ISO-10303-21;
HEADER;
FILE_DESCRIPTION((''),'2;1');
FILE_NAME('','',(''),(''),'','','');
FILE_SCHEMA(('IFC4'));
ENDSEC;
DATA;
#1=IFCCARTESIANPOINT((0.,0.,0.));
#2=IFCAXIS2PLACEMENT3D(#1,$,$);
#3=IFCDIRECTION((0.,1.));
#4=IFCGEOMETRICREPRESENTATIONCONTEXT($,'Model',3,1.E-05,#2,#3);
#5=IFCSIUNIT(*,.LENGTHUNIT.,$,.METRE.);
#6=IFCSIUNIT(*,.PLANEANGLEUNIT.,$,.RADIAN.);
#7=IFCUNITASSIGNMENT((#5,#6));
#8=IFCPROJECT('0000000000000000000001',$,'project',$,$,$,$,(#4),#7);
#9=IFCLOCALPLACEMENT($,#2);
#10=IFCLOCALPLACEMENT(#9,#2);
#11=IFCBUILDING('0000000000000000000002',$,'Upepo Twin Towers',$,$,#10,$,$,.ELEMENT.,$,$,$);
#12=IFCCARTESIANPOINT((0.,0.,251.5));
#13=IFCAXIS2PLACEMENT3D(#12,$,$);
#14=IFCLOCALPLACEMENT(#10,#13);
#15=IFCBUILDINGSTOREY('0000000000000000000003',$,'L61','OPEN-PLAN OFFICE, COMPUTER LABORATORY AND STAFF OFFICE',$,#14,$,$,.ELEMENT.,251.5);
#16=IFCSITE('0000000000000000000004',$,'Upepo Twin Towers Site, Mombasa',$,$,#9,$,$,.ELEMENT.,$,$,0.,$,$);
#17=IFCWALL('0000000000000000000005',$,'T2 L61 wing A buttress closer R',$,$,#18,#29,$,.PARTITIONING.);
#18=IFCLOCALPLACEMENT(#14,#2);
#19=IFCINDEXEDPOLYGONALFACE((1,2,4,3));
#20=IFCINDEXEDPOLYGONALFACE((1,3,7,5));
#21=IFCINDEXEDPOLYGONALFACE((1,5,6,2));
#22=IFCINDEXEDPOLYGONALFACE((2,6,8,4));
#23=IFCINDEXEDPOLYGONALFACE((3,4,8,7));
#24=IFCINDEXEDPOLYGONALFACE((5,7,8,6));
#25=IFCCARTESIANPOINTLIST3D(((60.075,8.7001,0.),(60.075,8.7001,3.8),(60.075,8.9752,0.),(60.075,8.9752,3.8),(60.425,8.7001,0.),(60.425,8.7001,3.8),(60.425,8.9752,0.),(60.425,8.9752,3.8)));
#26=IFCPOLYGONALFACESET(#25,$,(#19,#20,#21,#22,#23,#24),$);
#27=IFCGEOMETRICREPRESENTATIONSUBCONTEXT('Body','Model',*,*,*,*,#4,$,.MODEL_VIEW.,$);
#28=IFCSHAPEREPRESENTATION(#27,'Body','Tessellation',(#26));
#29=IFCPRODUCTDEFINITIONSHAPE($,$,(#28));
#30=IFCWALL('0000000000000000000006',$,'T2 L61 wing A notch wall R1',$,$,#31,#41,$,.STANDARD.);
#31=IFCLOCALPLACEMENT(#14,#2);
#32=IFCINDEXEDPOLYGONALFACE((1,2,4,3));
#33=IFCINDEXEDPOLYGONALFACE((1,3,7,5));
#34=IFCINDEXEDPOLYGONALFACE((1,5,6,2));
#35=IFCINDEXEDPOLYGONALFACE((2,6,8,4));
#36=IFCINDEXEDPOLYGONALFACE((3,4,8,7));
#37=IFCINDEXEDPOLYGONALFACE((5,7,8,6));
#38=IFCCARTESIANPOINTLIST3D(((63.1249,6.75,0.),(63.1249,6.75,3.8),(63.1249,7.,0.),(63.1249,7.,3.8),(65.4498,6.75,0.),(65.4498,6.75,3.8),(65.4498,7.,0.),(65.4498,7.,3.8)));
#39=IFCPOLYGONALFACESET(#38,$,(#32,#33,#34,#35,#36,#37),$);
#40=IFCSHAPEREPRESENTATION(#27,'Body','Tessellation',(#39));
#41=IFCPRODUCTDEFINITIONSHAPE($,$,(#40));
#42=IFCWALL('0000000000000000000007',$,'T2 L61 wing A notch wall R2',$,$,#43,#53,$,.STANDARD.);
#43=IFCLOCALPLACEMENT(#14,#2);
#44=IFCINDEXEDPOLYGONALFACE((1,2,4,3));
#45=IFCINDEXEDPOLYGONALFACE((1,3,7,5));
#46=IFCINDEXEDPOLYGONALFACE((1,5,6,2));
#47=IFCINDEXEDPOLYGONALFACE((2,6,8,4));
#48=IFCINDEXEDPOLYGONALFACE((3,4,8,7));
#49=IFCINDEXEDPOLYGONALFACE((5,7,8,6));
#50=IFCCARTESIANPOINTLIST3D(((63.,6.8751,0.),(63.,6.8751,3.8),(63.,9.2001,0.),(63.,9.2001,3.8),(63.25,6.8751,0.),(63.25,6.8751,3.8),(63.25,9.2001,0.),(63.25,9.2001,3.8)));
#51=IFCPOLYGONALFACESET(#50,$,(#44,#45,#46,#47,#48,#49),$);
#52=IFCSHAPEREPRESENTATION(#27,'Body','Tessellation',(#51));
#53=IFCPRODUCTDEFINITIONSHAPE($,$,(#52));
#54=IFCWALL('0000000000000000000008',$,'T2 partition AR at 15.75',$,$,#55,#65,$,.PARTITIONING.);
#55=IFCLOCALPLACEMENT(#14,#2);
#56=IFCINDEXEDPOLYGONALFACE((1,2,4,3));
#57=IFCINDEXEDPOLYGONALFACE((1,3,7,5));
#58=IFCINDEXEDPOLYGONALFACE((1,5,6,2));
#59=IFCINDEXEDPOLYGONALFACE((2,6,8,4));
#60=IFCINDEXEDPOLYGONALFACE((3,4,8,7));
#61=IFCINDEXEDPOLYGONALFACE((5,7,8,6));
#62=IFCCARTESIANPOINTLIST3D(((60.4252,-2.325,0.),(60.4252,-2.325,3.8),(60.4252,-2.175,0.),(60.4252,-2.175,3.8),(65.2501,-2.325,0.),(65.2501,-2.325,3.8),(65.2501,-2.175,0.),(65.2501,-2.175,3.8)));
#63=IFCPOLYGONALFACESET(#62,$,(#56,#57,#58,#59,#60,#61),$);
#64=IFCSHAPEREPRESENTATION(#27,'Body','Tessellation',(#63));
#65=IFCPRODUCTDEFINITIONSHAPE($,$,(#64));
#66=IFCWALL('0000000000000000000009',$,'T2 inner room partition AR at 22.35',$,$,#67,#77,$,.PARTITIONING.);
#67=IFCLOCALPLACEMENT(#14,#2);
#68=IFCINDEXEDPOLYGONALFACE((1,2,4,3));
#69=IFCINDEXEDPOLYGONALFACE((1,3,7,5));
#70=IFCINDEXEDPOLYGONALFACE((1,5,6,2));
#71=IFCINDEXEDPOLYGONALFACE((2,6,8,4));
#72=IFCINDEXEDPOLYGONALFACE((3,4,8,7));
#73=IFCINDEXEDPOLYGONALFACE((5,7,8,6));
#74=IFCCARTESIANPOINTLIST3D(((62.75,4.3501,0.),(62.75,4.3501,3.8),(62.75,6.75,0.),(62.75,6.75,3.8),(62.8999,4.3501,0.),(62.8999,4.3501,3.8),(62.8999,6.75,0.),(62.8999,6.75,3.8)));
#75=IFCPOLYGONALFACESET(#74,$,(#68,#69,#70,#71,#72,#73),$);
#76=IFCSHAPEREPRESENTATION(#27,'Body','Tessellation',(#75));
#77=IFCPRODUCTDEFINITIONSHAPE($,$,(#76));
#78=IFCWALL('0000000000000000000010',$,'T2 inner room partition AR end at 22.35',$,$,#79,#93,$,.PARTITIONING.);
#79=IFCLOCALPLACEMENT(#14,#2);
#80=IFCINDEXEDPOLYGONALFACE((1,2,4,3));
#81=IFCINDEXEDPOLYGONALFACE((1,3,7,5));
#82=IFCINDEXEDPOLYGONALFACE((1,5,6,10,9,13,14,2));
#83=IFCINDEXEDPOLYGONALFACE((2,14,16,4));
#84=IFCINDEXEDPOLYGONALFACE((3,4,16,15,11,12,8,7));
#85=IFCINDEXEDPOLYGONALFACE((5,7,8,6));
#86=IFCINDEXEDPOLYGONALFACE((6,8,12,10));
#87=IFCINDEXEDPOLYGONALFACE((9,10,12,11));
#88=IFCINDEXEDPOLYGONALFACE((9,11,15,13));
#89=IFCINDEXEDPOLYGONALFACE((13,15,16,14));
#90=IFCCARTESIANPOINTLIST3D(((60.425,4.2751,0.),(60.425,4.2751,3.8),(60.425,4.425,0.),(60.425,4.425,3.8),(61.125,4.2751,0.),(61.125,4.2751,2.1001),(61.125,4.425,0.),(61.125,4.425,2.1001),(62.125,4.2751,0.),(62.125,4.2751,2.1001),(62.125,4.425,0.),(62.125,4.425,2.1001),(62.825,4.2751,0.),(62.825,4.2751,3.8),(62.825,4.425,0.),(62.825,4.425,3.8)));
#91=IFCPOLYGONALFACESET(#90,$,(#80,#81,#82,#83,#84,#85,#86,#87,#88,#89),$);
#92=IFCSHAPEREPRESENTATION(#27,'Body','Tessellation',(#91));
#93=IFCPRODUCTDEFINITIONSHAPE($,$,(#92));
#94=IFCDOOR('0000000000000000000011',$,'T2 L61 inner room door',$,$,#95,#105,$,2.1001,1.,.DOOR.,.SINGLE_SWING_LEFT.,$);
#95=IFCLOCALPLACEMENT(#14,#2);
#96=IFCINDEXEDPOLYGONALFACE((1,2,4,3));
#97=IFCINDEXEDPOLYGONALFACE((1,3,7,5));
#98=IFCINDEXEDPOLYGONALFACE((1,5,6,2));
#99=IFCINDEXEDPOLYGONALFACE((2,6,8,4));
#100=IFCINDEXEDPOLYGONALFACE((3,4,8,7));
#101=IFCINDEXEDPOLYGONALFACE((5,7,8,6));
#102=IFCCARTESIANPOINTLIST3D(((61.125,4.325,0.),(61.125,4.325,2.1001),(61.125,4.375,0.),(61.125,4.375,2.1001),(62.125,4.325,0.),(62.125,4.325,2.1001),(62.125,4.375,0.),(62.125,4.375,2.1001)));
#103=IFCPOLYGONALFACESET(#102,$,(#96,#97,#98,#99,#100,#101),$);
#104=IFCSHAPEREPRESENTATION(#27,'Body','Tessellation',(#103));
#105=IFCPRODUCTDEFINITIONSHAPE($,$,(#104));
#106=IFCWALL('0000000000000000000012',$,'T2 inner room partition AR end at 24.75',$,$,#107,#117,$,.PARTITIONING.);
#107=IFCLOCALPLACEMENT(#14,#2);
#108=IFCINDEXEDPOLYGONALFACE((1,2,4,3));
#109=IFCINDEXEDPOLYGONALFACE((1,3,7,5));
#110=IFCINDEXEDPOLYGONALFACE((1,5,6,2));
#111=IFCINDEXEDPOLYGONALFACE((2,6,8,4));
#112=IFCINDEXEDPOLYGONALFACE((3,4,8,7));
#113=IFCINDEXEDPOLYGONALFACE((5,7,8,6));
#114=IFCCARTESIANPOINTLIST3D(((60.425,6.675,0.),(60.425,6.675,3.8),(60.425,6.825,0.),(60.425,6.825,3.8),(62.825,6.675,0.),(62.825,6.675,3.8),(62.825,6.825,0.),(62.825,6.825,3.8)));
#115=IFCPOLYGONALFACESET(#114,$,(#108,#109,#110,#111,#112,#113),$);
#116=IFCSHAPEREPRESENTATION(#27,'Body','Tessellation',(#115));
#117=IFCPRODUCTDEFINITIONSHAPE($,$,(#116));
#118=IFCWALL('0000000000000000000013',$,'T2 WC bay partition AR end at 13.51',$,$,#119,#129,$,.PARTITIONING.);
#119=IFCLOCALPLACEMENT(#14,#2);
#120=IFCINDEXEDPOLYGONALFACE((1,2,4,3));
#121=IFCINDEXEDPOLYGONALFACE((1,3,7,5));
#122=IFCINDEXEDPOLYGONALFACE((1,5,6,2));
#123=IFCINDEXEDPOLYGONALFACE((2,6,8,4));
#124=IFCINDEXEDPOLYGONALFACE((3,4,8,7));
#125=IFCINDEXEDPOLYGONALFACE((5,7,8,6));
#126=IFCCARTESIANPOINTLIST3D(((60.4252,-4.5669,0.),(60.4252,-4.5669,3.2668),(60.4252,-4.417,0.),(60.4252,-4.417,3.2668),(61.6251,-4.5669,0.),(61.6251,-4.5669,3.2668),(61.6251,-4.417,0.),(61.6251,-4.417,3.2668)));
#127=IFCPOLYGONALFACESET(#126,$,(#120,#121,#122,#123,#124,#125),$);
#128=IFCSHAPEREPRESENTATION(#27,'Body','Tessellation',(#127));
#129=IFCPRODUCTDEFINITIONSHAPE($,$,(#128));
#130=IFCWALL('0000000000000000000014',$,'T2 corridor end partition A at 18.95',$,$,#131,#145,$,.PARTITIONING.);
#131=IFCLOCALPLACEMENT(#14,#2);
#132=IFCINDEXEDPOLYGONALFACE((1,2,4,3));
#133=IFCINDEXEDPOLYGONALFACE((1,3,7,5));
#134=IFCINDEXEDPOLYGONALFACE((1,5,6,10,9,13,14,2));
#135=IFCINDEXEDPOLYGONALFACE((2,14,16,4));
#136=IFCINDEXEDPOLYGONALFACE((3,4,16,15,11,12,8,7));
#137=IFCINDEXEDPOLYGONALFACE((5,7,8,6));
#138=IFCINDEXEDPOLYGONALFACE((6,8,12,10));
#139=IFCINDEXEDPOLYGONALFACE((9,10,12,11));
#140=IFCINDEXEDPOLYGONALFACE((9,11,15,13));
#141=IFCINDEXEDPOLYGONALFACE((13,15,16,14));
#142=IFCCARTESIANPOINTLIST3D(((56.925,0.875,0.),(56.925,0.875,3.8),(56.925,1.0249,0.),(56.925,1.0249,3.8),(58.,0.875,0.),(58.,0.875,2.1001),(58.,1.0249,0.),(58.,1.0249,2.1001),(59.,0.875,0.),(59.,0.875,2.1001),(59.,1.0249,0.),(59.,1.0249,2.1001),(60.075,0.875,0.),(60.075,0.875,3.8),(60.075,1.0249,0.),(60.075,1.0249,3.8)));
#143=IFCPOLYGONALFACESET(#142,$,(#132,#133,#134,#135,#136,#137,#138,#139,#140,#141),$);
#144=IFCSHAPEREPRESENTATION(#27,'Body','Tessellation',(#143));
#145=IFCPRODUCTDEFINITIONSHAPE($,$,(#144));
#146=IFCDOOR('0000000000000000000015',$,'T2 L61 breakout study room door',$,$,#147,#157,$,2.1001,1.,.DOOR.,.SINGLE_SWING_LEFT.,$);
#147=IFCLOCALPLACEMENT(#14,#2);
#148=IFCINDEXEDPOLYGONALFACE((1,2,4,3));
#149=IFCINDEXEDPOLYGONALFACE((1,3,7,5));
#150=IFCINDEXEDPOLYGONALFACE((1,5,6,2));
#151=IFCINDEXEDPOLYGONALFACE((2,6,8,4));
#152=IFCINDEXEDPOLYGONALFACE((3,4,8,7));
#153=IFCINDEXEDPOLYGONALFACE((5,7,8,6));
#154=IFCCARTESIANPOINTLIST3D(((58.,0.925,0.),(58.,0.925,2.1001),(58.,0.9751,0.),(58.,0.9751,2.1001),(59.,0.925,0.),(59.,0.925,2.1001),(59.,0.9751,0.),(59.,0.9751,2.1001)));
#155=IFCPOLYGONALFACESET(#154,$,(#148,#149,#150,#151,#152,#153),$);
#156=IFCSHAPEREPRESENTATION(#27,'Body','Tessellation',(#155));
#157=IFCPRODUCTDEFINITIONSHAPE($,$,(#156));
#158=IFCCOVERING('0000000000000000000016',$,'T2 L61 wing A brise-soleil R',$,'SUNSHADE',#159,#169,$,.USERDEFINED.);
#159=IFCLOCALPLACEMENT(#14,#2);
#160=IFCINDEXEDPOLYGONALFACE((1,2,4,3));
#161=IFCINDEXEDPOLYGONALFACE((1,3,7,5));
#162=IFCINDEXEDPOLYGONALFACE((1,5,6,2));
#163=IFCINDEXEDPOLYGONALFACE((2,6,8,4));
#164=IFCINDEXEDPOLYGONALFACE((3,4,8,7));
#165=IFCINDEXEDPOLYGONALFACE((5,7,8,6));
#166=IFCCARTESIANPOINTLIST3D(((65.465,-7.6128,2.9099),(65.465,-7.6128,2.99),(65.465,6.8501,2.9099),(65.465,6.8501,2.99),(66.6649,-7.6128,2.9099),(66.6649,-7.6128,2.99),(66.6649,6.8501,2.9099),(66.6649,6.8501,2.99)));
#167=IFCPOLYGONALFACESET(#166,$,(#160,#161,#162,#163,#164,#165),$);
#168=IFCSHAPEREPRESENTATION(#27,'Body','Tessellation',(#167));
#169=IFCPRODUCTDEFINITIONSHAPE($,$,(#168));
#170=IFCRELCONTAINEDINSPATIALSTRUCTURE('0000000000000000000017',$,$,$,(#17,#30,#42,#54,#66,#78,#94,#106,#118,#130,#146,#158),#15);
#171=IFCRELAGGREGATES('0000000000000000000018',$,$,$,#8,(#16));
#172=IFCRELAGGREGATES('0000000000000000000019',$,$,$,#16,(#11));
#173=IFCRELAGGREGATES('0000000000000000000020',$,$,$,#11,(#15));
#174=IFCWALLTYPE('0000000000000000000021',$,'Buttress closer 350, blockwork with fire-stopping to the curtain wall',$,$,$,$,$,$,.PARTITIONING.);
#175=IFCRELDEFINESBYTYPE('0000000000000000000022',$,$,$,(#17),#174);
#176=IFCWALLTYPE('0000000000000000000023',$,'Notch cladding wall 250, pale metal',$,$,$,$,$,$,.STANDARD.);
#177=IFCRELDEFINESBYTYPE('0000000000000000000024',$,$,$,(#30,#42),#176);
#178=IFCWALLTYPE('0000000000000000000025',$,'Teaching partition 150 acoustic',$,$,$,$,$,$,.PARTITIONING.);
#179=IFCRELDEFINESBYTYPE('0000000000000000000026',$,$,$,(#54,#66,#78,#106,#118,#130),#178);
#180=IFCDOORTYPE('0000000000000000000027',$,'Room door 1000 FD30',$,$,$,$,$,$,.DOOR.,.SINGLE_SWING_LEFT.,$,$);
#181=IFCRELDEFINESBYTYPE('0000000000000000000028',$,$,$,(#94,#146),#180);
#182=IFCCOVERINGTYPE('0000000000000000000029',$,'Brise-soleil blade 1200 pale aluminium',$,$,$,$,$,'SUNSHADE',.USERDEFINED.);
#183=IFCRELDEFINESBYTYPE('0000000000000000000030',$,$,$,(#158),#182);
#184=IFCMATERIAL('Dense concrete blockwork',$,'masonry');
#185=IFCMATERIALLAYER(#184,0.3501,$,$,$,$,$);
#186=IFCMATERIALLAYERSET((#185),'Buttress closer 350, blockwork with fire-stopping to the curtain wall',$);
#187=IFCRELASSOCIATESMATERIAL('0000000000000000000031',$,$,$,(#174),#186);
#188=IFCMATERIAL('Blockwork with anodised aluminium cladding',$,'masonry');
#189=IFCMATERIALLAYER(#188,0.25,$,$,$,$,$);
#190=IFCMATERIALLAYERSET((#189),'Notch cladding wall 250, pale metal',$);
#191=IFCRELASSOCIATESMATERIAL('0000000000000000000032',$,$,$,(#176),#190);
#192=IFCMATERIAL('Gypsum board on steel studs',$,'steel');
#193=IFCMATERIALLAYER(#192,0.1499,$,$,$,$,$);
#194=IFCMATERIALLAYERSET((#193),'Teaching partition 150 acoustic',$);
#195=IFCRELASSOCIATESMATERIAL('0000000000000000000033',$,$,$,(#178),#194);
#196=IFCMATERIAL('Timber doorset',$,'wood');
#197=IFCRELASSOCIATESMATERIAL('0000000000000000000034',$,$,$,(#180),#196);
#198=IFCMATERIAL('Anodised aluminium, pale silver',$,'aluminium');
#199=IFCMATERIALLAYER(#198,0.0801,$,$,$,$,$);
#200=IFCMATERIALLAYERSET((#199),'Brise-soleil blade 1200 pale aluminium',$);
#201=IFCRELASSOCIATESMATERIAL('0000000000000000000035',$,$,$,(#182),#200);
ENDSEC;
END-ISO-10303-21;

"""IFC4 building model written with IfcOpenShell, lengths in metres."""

from ifc_helpers import new_model, si_unit, direction, frame, frame_2d, origin, origin_2d, place, context, subcontext, project, spatial, rectangle, extrude, material, layer, layer_set, type_object, element, fill, save


model = new_model("IFC4")

# Units and contexts
model_context = context("Model", 3, precision=1e-05, world=origin(), true_north=direction((0.0, 1.0)))
body_context = subcontext(model_context, "Body", "Model", "MODEL_VIEW")
ifc_project = project(units=[si_unit("LENGTHUNIT", "METRE"), si_unit("PLANEANGLEUNIT", "RADIAN")], contexts=[model_context])

# Site, building, storey
site_placement = place(None, origin())
site = spatial("IfcSite", under=ifc_project, at=site_placement, Name="Upepo Twin Towers Site, Mombasa", CompositionType="ELEMENT", RefElevation=0.0)
building_placement = place(site_placement, origin())
building = spatial("IfcBuilding", under=site, at=building_placement, Name="Upepo Twin Towers", CompositionType="ELEMENT")
storey_placement = place(building_placement, frame((0.0, 0.0, 251.5)))
storey = spatial("IfcBuildingStorey", under=building, at=storey_placement, Name="L61", Description="OPEN-PLAN OFFICE, COMPUTER LABORATORY AND STAFF OFFICE", CompositionType="ELEMENT", Elevation=251.5)

# Walls
ifc_material_1 = material(Name="Dense concrete blockwork", Category="masonry")
ifc_layer_1 = layer(ifc_material_1, 0.3501)
ifc_layer_set_1 = layer_set([ifc_layer_1], Name="Buttress closer 350, blockwork with fire-stopping to the curtain wall")
wall_type_1 = type_object("IfcWallType", Name="Buttress closer 350, blockwork with fire-stopping to the curtain wall", PredefinedType="PARTITIONING", material=ifc_layer_set_1)
wall_1_placement = place(storey_placement, frame((60.25, 8.7, 0.0), z_axis=(0.0, 0.0, 1.0), x_axis=(0.0, 1.0, 0.0)))
element("IfcWall", 1, at=wall_1_placement, inside=storey, type_object=wall_type_1, Name="T2 L61 wing A buttress closer R", PredefinedType="PARTITIONING", context=body_context, shape_type="SweptSolid", body=[
    extrude(rectangle(XDim=0.2751, YDim=0.3501, at=frame_2d((0.1377, 0.0))), origin(), (0.0, 0.0, 1.0), 3.8),
])
ifc_material_2 = material(Name="Blockwork with anodised aluminium cladding", Category="masonry")
ifc_layer_2 = layer(ifc_material_2, 0.25)
ifc_layer_set_2 = layer_set([ifc_layer_2], Name="Notch cladding wall 250, pale metal")
wall_type_2 = type_object("IfcWallType", Name="Notch cladding wall 250, pale metal", PredefinedType="STANDARD", material=ifc_layer_set_2)
for number, where, z_axis, x_axis, name in (
    (2, (65.45, 6.875, 0.0), (0.0, 0.0, 1.0), (-1.0, 0.0, 0.0), "T2 L61 wing A notch wall R1"),
    (3, (63.125, 6.875, 0.0), (0.0, 0.0, 1.0), (0.0, 1.0, 0.0), "T2 L61 wing A notch wall R2"),
):
    element("IfcWall", number, at=place(storey_placement, frame(where, z_axis=z_axis, x_axis=x_axis)), inside=storey, type_object=wall_type_2, Name=name, PredefinedType="STANDARD", context=body_context, shape_type="SweptSolid", body=[
        extrude(rectangle(XDim=2.325, YDim=0.25, at=frame_2d((1.1626, 0.0))), origin(), (0.0, 0.0, 1.0), 3.8),
    ])
ifc_material_3 = material(Name="Gypsum board on steel studs", Category="steel")
ifc_layer_3 = layer(ifc_material_3, 0.1499)
ifc_layer_set_3 = layer_set([ifc_layer_3], Name="Teaching partition 150 acoustic")
wall_type_3 = type_object("IfcWallType", Name="Teaching partition 150 acoustic", PredefinedType="PARTITIONING", material=ifc_layer_set_3)
wall_2_placement = place(storey_placement, frame((60.425, -2.25, 0.0), z_axis=(0.0, 0.0, 1.0), x_axis=(1.0, 0.0, 0.0)))
element("IfcWall", 4, at=wall_2_placement, inside=storey, type_object=wall_type_3, Name="T2 partition AR at 15.75", PredefinedType="PARTITIONING", context=body_context, shape_type="SweptSolid", body=[
    extrude(rectangle(XDim=4.825, YDim=0.1499, at=frame_2d((2.4126, 0.0))), origin(), (0.0, 0.0, 1.0), 3.8),
])
wall_3_placement = place(storey_placement, frame((62.825, 4.3501, 0.0), z_axis=(0.0, 0.0, 1.0), x_axis=(0.0, 1.0, 0.0)))
element("IfcWall", 5, at=wall_3_placement, inside=storey, type_object=wall_type_3, Name="T2 inner room partition AR at 22.35", PredefinedType="PARTITIONING", context=body_context, shape_type="SweptSolid", body=[
    extrude(rectangle(XDim=2.3999, YDim=0.1499, at=frame_2d((1.2, 0.0))), origin(), (0.0, 0.0, 1.0), 3.8),
])

# Wall, opening, door
wall_4_placement = place(storey_placement, frame((60.425, 4.3501, 0.0), z_axis=(0.0, 0.0, 1.0), x_axis=(1.0, 0.0, 0.0)))
wall_4 = element("IfcWall", 6, at=wall_4_placement, inside=storey, type_object=wall_type_3, Name="T2 inner room partition AR end at 22.35", PredefinedType="PARTITIONING", context=body_context, shape_type="SweptSolid", body=[
    extrude(rectangle(XDim=2.3999, YDim=0.1499, at=frame_2d((1.2, 0.0))), origin(), (0.0, 0.0, 1.0), 3.8),
])
opening_1_placement = place(wall_4_placement, frame((0.7, 0.0, 0.0)))
opening_1 = element("IfcOpeningElement", 7, at=opening_1_placement, cuts=wall_4, PredefinedType="OPENING", context=body_context, shape_type="SweptSolid", body=[
    extrude(rectangle(XDim=1.0, YDim=2.1001, at=frame_2d((0.5, 1.05))), frame((0.0, 0.085, 0.0), z_axis=(0.0, -1.0, 0.0), x_axis=(1.0, 0.0, 0.0)), (0.0, 0.0, 1.0), 0.1699),
])
ifc_material_4 = material(Name="Timber doorset", Category="wood")
door_type = type_object("IfcDoorType", Name="Room door 1000 FD30", OperationType="SINGLE_SWING_LEFT", PredefinedType="DOOR", material=ifc_material_4)
door_1_placement = place(opening_1_placement, origin())
door_1 = element("IfcDoor", 8, at=door_1_placement, inside=storey, type_object=door_type, Name="T2 L61 inner room door", OperationType="SINGLE_SWING_LEFT", OverallHeight=2.1001, OverallWidth=1.0, PredefinedType="DOOR", context=body_context, shape_type="SweptSolid", body=[
    extrude(rectangle(XDim=1.0, YDim=2.1001, at=frame_2d((0.5, 1.05))), frame((0.0, 0.0249, 0.0), z_axis=(0.0, -1.0, 0.0), x_axis=(1.0, 0.0, 0.0)), (0.0, 0.0, 1.0), 0.05),
])
fill(opening_1, door_1)

# Walls
wall_5_placement = place(storey_placement, frame((60.425, 6.75, 0.0), z_axis=(0.0, 0.0, 1.0), x_axis=(1.0, 0.0, 0.0)))
element("IfcWall", 9, at=wall_5_placement, inside=storey, type_object=wall_type_3, Name="T2 inner room partition AR end at 24.75", PredefinedType="PARTITIONING", context=body_context, shape_type="SweptSolid", body=[
    extrude(rectangle(XDim=2.3999, YDim=0.1499, at=frame_2d((1.2, 0.0))), origin(), (0.0, 0.0, 1.0), 3.8),
])
wall_6_placement = place(storey_placement, frame((60.425, -4.4919, 0.0), z_axis=(0.0, 0.0, 1.0), x_axis=(1.0, 0.0, 0.0)))
element("IfcWall", 10, at=wall_6_placement, inside=storey, type_object=wall_type_3, Name="T2 WC bay partition AR end at 13.51", PredefinedType="PARTITIONING", context=body_context, shape_type="SweptSolid", body=[
    extrude(rectangle(XDim=1.2, YDim=0.1499, at=frame_2d((0.6001, 0.0))), origin(), (0.0, 0.0, 1.0), 3.2668),
])

# Wall, opening, door
wall_7_placement = place(storey_placement, frame((60.075, 0.95, 0.0), z_axis=(0.0, 0.0, 1.0), x_axis=(-1.0, 0.0, 0.0)))
wall_7 = element("IfcWall", 11, at=wall_7_placement, inside=storey, type_object=wall_type_3, Name="T2 corridor end partition A at 18.95", PredefinedType="PARTITIONING", context=body_context, shape_type="SweptSolid", body=[
    extrude(rectangle(XDim=3.1499, YDim=0.1499, at=frame_2d((1.575, 0.0))), origin(), (0.0, 0.0, 1.0), 3.8),
])
opening_2_placement = place(wall_7_placement, frame((1.075, 0.0, 0.0)))
opening_2 = element("IfcOpeningElement", 12, at=opening_2_placement, cuts=wall_7, PredefinedType="OPENING", context=body_context, shape_type="SweptSolid", body=[
    extrude(rectangle(XDim=1.0, YDim=2.1001, at=frame_2d((0.5, 1.05))), frame((0.0, 0.085, 0.0), z_axis=(0.0, -1.0, 0.0), x_axis=(1.0, 0.0, 0.0)), (0.0, 0.0, 1.0), 0.1699),
])
door_2_placement = place(opening_2_placement, origin())
door_2 = element("IfcDoor", 13, at=door_2_placement, inside=storey, type_object=door_type, Name="T2 L61 breakout study room door", OperationType="SINGLE_SWING_LEFT", OverallHeight=2.1001, OverallWidth=1.0, PredefinedType="DOOR", context=body_context, shape_type="SweptSolid", body=[
    extrude(rectangle(XDim=1.0, YDim=2.1001, at=frame_2d((0.5, 1.05))), frame((0.0, 0.0249, 0.0), z_axis=(0.0, -1.0, 0.0), x_axis=(1.0, 0.0, 0.0)), (0.0, 0.0, 1.0), 0.05),
])
fill(opening_2, door_2)

# Covering
ifc_material_5 = material(Name="Anodised aluminium, pale silver", Category="aluminium")
ifc_layer_4 = layer(ifc_material_5, 0.0801)
ifc_layer_set_4 = layer_set([ifc_layer_4], Name="Brise-soleil blade 1200 pale aluminium")
covering_type = type_object("IfcCoveringType", Name="Brise-soleil blade 1200 pale aluminium", ElementType="SUNSHADE", PredefinedType="USERDEFINED", material=ifc_layer_set_4)
covering_placement = place(storey_placement, frame((66.0649, -0.3813, 2.9099), z_axis=(0.0, 0.0, 1.0), x_axis=(0.0, 1.0, 0.0)))
element("IfcCovering", 14, at=covering_placement, inside=storey, type_object=covering_type, Name="T2 L61 wing A brise-soleil R", ObjectType="SUNSHADE", PredefinedType="USERDEFINED", context=body_context, shape_type="SweptSolid", body=[
    extrude(rectangle(XDim=14.4629, YDim=1.2, at=origin_2d()), origin(), (0.0, 0.0, 1.0), 0.0801),
])

save(model, "model.ifc")
